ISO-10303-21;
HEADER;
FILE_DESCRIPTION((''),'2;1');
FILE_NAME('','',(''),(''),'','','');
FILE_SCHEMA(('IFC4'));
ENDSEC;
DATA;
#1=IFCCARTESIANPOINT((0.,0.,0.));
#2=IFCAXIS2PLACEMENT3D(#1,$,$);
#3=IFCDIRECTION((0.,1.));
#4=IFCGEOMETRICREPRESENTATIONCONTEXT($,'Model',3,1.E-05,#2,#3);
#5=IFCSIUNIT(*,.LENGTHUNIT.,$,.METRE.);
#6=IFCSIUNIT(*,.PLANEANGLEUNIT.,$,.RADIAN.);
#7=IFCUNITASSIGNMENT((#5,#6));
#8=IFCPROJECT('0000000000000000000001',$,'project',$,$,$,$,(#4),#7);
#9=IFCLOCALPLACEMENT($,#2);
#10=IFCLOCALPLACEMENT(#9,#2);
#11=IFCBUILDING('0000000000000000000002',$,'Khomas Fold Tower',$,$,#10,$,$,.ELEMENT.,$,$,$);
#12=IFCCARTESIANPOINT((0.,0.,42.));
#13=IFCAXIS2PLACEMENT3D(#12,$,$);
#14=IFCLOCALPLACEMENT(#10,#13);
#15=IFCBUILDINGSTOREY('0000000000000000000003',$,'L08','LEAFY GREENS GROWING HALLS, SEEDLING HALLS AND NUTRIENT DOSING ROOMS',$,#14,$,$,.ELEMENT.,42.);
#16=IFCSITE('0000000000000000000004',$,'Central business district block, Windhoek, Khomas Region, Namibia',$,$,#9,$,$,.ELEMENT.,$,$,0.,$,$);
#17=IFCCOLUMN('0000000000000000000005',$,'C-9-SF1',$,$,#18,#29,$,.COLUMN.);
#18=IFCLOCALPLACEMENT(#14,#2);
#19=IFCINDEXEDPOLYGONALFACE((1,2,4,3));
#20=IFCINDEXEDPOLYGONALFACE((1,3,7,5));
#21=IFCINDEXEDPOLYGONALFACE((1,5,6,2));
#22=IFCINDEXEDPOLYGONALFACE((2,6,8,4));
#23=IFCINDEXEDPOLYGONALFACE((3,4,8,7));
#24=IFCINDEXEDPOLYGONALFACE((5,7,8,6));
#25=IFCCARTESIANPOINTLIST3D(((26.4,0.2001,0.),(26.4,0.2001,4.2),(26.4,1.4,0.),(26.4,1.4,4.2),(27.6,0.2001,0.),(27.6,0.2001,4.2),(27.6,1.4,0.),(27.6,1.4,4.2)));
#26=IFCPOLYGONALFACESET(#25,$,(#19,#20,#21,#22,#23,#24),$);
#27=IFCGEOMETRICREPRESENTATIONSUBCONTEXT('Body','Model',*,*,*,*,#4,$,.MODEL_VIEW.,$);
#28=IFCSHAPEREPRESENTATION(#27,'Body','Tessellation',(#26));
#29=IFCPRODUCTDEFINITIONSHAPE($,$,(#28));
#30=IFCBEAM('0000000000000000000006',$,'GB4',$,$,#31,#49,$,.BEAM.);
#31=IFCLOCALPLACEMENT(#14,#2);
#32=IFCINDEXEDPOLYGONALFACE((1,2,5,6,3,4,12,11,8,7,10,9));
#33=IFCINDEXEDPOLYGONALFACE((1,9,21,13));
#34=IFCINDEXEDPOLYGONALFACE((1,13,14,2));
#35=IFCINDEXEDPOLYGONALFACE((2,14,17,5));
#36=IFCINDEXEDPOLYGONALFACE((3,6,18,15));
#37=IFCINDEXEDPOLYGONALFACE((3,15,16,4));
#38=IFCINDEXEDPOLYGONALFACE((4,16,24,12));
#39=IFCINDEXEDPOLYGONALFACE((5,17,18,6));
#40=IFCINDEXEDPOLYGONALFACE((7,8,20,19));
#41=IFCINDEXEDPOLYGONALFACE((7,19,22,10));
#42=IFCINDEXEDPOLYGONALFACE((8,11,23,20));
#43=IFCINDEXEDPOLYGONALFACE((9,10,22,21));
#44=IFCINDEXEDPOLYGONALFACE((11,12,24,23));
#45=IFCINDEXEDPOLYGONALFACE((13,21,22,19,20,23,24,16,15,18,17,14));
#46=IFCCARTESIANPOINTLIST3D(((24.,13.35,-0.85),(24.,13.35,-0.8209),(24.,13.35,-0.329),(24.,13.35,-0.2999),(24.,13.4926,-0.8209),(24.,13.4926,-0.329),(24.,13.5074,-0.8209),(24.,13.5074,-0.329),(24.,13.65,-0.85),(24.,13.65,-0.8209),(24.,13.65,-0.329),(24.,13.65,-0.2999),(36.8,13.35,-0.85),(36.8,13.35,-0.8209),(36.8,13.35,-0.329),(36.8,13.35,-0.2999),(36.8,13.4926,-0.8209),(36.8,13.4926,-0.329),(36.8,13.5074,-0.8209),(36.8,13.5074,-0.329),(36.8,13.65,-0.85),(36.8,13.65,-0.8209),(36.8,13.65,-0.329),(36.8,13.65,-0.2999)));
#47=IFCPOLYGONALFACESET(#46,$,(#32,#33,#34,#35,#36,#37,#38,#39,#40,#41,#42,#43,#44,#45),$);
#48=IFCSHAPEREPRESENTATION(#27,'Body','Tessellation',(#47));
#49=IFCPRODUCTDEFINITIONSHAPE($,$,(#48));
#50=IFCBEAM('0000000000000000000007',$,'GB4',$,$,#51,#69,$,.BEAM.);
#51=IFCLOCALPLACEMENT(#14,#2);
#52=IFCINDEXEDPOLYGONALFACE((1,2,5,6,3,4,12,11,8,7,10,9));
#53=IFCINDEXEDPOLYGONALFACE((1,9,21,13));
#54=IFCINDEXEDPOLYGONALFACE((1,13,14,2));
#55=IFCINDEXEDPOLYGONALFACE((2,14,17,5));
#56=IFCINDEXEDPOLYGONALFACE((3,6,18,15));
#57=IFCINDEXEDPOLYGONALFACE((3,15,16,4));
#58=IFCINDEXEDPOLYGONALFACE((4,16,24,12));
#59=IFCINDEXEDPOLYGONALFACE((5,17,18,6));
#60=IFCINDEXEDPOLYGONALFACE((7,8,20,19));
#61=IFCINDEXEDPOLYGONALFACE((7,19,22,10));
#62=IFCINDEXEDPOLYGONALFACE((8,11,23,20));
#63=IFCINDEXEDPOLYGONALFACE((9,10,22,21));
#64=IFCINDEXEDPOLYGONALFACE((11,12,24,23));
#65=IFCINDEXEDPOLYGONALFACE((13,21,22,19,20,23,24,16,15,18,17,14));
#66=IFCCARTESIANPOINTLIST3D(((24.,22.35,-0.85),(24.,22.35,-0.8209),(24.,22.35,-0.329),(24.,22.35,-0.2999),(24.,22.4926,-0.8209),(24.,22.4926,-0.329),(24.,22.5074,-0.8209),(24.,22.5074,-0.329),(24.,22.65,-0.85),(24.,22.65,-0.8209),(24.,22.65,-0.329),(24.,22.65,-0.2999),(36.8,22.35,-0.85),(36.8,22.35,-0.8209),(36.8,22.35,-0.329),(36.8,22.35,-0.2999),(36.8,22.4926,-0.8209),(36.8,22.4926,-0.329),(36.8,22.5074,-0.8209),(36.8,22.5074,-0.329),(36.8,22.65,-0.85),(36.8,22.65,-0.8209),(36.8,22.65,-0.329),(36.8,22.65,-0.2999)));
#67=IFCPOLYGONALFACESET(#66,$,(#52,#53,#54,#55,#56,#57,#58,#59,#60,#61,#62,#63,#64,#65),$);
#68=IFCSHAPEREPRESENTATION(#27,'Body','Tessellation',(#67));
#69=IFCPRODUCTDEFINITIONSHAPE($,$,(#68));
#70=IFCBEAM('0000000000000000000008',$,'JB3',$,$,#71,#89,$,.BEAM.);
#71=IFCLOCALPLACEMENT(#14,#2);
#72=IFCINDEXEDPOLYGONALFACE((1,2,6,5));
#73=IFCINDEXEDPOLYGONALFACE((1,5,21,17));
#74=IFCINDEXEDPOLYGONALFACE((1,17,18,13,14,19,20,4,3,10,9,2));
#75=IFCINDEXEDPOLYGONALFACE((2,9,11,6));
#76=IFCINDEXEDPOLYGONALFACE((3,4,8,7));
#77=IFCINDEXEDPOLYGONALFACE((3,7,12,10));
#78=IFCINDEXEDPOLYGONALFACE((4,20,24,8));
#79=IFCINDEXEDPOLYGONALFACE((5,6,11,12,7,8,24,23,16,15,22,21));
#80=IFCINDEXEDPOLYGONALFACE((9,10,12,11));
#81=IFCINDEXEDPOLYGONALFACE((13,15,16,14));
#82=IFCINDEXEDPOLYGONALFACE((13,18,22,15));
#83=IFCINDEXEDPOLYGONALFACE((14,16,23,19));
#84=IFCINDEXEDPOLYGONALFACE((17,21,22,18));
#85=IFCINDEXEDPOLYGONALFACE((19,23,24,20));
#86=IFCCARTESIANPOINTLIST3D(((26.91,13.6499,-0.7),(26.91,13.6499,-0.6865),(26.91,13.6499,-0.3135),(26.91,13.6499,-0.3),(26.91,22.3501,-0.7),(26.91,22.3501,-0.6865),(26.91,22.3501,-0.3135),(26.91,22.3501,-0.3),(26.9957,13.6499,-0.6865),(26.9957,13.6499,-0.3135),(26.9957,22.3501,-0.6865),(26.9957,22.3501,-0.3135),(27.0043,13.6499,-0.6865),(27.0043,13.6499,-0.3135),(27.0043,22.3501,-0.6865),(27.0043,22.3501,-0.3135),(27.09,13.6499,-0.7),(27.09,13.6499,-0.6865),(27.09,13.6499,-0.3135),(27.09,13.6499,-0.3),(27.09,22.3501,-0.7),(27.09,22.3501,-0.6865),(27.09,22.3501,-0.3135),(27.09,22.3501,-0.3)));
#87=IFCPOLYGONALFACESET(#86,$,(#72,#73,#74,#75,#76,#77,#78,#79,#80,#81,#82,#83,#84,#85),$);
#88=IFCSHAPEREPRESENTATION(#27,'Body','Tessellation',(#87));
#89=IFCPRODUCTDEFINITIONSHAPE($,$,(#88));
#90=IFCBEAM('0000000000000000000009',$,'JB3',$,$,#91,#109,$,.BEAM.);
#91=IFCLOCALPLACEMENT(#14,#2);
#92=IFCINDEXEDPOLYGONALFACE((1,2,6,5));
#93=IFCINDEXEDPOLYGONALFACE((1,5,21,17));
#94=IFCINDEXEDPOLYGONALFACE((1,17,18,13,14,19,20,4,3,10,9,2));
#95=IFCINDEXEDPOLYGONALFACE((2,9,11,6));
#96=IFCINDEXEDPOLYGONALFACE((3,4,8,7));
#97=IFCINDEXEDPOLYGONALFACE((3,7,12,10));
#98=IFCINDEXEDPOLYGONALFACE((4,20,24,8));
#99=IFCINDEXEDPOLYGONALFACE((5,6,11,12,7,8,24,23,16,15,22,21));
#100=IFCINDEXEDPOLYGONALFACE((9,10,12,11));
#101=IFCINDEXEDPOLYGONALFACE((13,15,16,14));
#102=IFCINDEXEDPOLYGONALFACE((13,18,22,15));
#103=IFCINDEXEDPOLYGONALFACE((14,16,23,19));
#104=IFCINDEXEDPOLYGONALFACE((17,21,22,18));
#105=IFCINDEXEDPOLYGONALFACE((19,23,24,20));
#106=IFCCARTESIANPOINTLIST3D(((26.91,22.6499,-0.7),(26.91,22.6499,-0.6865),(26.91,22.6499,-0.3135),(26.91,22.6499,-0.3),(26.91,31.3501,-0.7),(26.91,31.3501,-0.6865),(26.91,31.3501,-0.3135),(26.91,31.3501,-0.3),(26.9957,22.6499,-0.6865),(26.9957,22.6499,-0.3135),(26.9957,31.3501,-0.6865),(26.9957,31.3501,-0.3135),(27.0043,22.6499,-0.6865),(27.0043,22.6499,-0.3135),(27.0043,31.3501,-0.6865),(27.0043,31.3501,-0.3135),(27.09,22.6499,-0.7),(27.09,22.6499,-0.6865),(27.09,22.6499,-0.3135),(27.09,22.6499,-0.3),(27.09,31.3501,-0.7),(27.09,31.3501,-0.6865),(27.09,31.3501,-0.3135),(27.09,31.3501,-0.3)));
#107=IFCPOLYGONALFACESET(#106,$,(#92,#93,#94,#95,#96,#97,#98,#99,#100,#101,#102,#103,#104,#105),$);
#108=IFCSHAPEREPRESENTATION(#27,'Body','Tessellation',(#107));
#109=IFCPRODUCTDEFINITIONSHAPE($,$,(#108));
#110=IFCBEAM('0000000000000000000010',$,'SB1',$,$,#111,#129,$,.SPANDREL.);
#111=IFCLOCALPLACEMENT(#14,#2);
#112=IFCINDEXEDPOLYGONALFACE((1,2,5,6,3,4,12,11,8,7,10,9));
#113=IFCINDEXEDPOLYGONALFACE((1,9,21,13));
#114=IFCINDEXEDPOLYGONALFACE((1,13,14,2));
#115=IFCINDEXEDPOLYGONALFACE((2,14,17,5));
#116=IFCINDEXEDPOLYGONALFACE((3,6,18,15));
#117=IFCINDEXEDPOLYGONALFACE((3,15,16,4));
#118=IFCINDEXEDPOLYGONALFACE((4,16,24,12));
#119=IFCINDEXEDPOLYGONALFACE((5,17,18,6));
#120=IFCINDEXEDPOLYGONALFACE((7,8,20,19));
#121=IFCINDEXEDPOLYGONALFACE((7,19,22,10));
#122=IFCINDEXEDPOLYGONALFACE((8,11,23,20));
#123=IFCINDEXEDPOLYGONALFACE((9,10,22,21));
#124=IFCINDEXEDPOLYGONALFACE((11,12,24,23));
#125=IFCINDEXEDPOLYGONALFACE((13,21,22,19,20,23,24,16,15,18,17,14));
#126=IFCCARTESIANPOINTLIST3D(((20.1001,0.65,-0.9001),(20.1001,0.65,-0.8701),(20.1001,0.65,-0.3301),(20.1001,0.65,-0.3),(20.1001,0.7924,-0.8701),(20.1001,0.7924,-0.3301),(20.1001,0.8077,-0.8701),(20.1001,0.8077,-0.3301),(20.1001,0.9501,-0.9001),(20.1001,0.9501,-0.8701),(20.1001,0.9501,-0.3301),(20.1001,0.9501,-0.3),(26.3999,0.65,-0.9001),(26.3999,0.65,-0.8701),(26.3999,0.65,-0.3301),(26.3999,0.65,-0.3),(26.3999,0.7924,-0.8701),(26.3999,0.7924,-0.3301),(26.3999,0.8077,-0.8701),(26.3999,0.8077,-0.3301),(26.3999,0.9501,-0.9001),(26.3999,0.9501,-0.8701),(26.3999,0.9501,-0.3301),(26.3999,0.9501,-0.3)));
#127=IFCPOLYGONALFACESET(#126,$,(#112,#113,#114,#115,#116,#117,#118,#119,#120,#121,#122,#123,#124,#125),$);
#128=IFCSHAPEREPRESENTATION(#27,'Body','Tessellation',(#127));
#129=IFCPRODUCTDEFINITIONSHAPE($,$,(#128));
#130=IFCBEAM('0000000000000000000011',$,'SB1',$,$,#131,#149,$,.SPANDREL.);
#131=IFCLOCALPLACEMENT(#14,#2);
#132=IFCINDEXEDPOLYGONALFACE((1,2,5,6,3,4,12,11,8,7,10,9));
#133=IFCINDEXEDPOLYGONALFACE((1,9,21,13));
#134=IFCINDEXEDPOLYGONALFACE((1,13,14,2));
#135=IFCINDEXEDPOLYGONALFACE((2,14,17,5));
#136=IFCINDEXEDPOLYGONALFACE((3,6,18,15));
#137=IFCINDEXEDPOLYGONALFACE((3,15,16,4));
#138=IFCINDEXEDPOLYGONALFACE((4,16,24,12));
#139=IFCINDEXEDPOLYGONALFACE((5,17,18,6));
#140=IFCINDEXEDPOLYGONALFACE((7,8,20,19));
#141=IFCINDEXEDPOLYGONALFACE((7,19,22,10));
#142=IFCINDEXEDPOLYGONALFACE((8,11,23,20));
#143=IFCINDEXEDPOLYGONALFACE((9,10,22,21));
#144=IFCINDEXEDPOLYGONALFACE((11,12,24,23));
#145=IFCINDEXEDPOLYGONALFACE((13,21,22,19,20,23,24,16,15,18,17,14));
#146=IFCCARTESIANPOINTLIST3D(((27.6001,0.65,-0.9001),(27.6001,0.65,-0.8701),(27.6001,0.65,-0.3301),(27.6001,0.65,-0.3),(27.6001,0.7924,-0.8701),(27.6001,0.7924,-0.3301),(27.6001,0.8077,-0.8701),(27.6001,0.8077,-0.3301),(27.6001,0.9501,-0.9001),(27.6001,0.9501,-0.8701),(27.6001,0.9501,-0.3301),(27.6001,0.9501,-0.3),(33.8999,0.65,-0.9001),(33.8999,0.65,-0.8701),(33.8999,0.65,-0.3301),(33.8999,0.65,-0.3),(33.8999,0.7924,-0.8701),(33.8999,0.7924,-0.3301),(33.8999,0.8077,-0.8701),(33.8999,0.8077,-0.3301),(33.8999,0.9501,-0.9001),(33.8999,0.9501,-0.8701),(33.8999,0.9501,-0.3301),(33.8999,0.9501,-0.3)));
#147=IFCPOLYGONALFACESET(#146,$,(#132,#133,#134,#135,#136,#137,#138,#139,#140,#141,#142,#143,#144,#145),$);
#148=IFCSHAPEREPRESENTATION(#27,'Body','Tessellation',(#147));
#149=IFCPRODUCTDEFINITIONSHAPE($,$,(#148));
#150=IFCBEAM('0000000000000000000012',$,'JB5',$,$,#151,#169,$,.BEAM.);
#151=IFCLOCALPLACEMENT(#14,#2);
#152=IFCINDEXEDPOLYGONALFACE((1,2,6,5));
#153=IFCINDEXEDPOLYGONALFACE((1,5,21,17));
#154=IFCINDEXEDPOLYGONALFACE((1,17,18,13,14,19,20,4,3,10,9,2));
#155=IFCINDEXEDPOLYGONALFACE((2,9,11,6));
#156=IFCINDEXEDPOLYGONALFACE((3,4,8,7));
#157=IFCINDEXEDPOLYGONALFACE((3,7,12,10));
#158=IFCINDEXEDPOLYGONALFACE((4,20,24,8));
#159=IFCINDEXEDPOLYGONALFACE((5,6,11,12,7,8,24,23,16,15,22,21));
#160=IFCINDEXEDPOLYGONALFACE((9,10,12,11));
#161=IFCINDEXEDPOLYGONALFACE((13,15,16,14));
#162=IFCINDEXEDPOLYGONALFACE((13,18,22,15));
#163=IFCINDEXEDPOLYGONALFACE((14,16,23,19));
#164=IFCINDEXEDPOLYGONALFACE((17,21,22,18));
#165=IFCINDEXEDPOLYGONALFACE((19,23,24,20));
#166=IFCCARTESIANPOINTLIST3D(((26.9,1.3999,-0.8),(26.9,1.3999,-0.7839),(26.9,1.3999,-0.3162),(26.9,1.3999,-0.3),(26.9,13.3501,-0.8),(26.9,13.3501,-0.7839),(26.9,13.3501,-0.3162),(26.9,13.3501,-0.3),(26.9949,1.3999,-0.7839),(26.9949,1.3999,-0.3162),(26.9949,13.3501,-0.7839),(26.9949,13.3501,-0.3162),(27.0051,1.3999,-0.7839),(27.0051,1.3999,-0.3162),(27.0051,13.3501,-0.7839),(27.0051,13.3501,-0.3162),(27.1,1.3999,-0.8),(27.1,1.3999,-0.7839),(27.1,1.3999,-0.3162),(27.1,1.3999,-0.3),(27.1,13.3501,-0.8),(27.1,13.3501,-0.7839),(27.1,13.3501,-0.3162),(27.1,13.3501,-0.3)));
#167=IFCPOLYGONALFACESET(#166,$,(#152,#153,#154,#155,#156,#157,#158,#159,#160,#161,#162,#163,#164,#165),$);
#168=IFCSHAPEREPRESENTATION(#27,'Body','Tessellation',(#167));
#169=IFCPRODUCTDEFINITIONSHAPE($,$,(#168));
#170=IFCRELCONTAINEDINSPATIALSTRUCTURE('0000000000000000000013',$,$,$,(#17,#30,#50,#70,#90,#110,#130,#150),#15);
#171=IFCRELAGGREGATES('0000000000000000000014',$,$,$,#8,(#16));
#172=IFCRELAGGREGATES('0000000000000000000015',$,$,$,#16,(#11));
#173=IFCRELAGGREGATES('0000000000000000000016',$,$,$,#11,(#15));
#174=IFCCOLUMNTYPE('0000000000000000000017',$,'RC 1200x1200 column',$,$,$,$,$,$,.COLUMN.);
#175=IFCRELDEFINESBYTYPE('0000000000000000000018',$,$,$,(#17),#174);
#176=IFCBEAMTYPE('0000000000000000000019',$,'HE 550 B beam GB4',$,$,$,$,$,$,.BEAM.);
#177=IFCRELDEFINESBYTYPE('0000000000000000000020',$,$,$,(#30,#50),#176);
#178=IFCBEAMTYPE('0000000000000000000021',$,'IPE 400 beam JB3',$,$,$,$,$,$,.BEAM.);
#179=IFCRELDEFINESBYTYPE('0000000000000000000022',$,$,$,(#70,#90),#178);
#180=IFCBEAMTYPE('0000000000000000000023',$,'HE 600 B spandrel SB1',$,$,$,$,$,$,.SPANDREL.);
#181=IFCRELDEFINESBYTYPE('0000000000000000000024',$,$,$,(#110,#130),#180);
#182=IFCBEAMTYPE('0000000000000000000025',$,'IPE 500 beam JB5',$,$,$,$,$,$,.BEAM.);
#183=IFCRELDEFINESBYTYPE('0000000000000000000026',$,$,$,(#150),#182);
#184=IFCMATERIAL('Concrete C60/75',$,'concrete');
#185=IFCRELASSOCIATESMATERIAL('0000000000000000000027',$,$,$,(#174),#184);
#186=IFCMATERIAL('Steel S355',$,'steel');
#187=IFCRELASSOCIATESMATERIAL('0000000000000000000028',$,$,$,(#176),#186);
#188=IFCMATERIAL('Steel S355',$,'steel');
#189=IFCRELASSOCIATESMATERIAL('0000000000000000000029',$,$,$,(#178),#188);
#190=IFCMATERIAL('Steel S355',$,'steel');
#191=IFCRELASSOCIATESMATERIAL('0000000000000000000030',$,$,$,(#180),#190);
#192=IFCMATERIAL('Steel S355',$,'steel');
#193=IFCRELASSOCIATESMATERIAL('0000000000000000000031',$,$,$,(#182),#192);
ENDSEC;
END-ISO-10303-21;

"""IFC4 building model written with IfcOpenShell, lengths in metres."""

from ifc_helpers import new_model, si_unit, direction, frame, origin, origin_2d, place, context, subcontext, project, spatial, rectangle, i_section, extrude, source, transform, mapped, material, material_profile, profile_set, type_object, element, save


model = new_model("IFC4")

# Units and contexts
model_context = context("Model", 3, precision=1e-05, world=origin(), true_north=direction((0.0, 1.0)))
body_context = subcontext(model_context, "Body", "Model", "MODEL_VIEW")
ifc_project = project(units=[si_unit("LENGTHUNIT", "METRE"), si_unit("PLANEANGLEUNIT", "RADIAN")], contexts=[model_context])

# Site, building, storey
site_placement = place(None, origin())
site = spatial("IfcSite", under=ifc_project, at=site_placement, Name="Central business district block, Windhoek, Khomas Region, Namibia", CompositionType="ELEMENT", RefElevation=0.0)
building_placement = place(site_placement, origin())
building = spatial("IfcBuilding", under=site, at=building_placement, Name="Khomas Fold Tower", CompositionType="ELEMENT")
storey_placement = place(building_placement, frame((0.0, 0.0, 42.0)))
storey = spatial("IfcBuildingStorey", under=building, at=storey_placement, Name="L08", Description="LEAFY GREENS GROWING HALLS, SEEDLING HALLS AND NUTRIENT DOSING ROOMS", CompositionType="ELEMENT", Elevation=42.0)

# Column
ifc_material_1 = material(Name="Concrete C60/75", Category="concrete")
ifc_material_profile_1 = material_profile(ifc_material_1, rectangle(XDim=1.2, YDim=1.2, at=origin_2d()), Name="RC 1200x1200")
ifc_profile_set_1 = profile_set([ifc_material_profile_1], Name="Concrete C60/75")
column_type = type_object("IfcColumnType", Name="RC 1200x1200 column", PredefinedType="COLUMN", material=ifc_profile_set_1)
shared_shape_1 = source(origin(), body_context, "Body", "SweptSolid", [
    extrude(rectangle(XDim=1.2, YDim=1.2, at=origin_2d()), origin(), (0.0, 0.0, 1.0), 4.2),
])
column_placement = place(storey_placement, frame((27.0, 0.8, 0.0), z_axis=(0.0, 0.0, 1.0), x_axis=(1.0, 0.0, 0.0)))
element("IfcColumn", 1, at=column_placement, inside=storey, type_object=column_type, Name="C-9-SF1", PredefinedType="COLUMN", context=body_context, shape_type="MappedRepresentation", body=[
    mapped(shared_shape_1, transform((0.0, 0.0, 0.0))),
])

# Beams
ifc_material_2 = material(Name="Steel S355", Category="steel")
ifc_material_profile_2 = material_profile(ifc_material_2, i_section(OverallWidth=0.3, OverallDepth=0.55, WebThickness=0.0149, FlangeThickness=0.0291, at=origin_2d()), Name="HE 550 B")
ifc_profile_set_2 = profile_set([ifc_material_profile_2], Name="Steel S355")
beam_type_1 = type_object("IfcBeamType", Name="HE 550 B beam GB4", PredefinedType="BEAM", material=ifc_profile_set_2)
shared_shape_2 = source(origin(), body_context, "Body", "SweptSolid", [
    extrude(i_section(OverallWidth=0.3, OverallDepth=0.55, WebThickness=0.0149, FlangeThickness=0.0291, at=origin_2d()), origin(), (0.0, 0.0, 1.0), 12.8),
])
for number, where, z_axis, x_axis, name in (
    (2, (24.0, 13.5, -0.575), (1.0, 0.0, 0.0), (0.0, 1.0, 0.0), "GB4"),
    (3, (24.0, 22.5, -0.575), (1.0, 0.0, 0.0), (0.0, 1.0, 0.0), "GB4"),
):
    element("IfcBeam", number, at=place(storey_placement, frame(where, z_axis=z_axis, x_axis=x_axis)), inside=storey, type_object=beam_type_1, Name=name, PredefinedType="BEAM", context=body_context, shape_type="MappedRepresentation", body=[
        mapped(shared_shape_2, transform((0.0, 0.0, 0.0))),
    ])
ifc_material_3 = material(Name="Steel S355", Category="steel")
ifc_material_profile_3 = material_profile(ifc_material_3, i_section(OverallWidth=0.1799, OverallDepth=0.3999, WebThickness=0.0085, FlangeThickness=0.0134, at=origin_2d()), Name="IPE 400")
ifc_profile_set_3 = profile_set([ifc_material_profile_3], Name="Steel S355")
beam_type_2 = type_object("IfcBeamType", Name="IPE 400 beam JB3", PredefinedType="BEAM", material=ifc_profile_set_3)
shared_shape_3 = source(origin(), body_context, "Body", "SweptSolid", [
    extrude(i_section(OverallWidth=0.1799, OverallDepth=0.3999, WebThickness=0.0085, FlangeThickness=0.0134, at=origin_2d()), origin(), (0.0, 0.0, 1.0), 8.7002),
])
for number, where, z_axis, x_axis, name in (
    (4, (27.0, 13.6499, -0.5), (0.0, 1.0, 0.0), (-1.0, 0.0, 0.0), "JB3"),
    (5, (27.0, 22.6499, -0.5), (0.0, 1.0, 0.0), (-1.0, 0.0, 0.0), "JB3"),
):
    element("IfcBeam", number, at=place(storey_placement, frame(where, z_axis=z_axis, x_axis=x_axis)), inside=storey, type_object=beam_type_2, Name=name, PredefinedType="BEAM", context=body_context, shape_type="MappedRepresentation", body=[
        mapped(shared_shape_3, transform((0.0, 0.0, 0.0))),
    ])
ifc_material_4 = material(Name="Steel S355", Category="steel")
ifc_material_profile_4 = material_profile(ifc_material_4, i_section(OverallWidth=0.3, OverallDepth=0.6001, WebThickness=0.0154, FlangeThickness=0.03, at=origin_2d()), Name="HE 600 B")
ifc_profile_set_4 = profile_set([ifc_material_profile_4], Name="Steel S355")
beam_type_3 = type_object("IfcBeamType", Name="HE 600 B spandrel SB1", PredefinedType="SPANDREL", material=ifc_profile_set_4)
shared_shape_4 = source(origin(), body_context, "Body", "SweptSolid", [
    extrude(i_section(OverallWidth=0.3, OverallDepth=0.6001, WebThickness=0.0154, FlangeThickness=0.03, at=origin_2d()), origin(), (0.0, 0.0, 1.0), 6.2998),
])
for number, where, z_axis, x_axis, name in (
    (6, (20.1001, 0.8, -0.6001), (1.0, 0.0, 0.0), (0.0, 1.0, 0.0), "SB1"),
    (7, (27.6001, 0.8, -0.6001), (1.0, 0.0, 0.0), (0.0, 1.0, 0.0), "SB1"),
):
    element("IfcBeam", number, at=place(storey_placement, frame(where, z_axis=z_axis, x_axis=x_axis)), inside=storey, type_object=beam_type_3, Name=name, PredefinedType="SPANDREL", context=body_context, shape_type="MappedRepresentation", body=[
        mapped(shared_shape_4, transform((0.0, 0.0, 0.0))),
    ])
ifc_material_5 = material(Name="Steel S355", Category="steel")
ifc_material_profile_5 = material_profile(ifc_material_5, i_section(OverallWidth=0.2, OverallDepth=0.5, WebThickness=0.0103, FlangeThickness=0.0161, at=origin_2d()), Name="IPE 500")
ifc_profile_set_5 = profile_set([ifc_material_profile_5], Name="Steel S355")
beam_type_4 = type_object("IfcBeamType", Name="IPE 500 beam JB5", PredefinedType="BEAM", material=ifc_profile_set_5)
shared_shape_5 = source(origin(), body_context, "Body", "SweptSolid", [
    extrude(i_section(OverallWidth=0.2, OverallDepth=0.5, WebThickness=0.0103, FlangeThickness=0.0161, at=origin_2d()), origin(), (0.0, 0.0, 1.0), 11.9502),
])
beam_placement = place(storey_placement, frame((27.0, 1.3999, -0.55), z_axis=(0.0, 1.0, 0.0), x_axis=(-1.0, 0.0, 0.0)))
element("IfcBeam", 8, at=beam_placement, inside=storey, type_object=beam_type_4, Name="JB5", PredefinedType="BEAM", context=body_context, shape_type="MappedRepresentation", body=[
    mapped(shared_shape_5, transform((0.0, 0.0, 0.0))),
])

save(model, "model.ifc")
